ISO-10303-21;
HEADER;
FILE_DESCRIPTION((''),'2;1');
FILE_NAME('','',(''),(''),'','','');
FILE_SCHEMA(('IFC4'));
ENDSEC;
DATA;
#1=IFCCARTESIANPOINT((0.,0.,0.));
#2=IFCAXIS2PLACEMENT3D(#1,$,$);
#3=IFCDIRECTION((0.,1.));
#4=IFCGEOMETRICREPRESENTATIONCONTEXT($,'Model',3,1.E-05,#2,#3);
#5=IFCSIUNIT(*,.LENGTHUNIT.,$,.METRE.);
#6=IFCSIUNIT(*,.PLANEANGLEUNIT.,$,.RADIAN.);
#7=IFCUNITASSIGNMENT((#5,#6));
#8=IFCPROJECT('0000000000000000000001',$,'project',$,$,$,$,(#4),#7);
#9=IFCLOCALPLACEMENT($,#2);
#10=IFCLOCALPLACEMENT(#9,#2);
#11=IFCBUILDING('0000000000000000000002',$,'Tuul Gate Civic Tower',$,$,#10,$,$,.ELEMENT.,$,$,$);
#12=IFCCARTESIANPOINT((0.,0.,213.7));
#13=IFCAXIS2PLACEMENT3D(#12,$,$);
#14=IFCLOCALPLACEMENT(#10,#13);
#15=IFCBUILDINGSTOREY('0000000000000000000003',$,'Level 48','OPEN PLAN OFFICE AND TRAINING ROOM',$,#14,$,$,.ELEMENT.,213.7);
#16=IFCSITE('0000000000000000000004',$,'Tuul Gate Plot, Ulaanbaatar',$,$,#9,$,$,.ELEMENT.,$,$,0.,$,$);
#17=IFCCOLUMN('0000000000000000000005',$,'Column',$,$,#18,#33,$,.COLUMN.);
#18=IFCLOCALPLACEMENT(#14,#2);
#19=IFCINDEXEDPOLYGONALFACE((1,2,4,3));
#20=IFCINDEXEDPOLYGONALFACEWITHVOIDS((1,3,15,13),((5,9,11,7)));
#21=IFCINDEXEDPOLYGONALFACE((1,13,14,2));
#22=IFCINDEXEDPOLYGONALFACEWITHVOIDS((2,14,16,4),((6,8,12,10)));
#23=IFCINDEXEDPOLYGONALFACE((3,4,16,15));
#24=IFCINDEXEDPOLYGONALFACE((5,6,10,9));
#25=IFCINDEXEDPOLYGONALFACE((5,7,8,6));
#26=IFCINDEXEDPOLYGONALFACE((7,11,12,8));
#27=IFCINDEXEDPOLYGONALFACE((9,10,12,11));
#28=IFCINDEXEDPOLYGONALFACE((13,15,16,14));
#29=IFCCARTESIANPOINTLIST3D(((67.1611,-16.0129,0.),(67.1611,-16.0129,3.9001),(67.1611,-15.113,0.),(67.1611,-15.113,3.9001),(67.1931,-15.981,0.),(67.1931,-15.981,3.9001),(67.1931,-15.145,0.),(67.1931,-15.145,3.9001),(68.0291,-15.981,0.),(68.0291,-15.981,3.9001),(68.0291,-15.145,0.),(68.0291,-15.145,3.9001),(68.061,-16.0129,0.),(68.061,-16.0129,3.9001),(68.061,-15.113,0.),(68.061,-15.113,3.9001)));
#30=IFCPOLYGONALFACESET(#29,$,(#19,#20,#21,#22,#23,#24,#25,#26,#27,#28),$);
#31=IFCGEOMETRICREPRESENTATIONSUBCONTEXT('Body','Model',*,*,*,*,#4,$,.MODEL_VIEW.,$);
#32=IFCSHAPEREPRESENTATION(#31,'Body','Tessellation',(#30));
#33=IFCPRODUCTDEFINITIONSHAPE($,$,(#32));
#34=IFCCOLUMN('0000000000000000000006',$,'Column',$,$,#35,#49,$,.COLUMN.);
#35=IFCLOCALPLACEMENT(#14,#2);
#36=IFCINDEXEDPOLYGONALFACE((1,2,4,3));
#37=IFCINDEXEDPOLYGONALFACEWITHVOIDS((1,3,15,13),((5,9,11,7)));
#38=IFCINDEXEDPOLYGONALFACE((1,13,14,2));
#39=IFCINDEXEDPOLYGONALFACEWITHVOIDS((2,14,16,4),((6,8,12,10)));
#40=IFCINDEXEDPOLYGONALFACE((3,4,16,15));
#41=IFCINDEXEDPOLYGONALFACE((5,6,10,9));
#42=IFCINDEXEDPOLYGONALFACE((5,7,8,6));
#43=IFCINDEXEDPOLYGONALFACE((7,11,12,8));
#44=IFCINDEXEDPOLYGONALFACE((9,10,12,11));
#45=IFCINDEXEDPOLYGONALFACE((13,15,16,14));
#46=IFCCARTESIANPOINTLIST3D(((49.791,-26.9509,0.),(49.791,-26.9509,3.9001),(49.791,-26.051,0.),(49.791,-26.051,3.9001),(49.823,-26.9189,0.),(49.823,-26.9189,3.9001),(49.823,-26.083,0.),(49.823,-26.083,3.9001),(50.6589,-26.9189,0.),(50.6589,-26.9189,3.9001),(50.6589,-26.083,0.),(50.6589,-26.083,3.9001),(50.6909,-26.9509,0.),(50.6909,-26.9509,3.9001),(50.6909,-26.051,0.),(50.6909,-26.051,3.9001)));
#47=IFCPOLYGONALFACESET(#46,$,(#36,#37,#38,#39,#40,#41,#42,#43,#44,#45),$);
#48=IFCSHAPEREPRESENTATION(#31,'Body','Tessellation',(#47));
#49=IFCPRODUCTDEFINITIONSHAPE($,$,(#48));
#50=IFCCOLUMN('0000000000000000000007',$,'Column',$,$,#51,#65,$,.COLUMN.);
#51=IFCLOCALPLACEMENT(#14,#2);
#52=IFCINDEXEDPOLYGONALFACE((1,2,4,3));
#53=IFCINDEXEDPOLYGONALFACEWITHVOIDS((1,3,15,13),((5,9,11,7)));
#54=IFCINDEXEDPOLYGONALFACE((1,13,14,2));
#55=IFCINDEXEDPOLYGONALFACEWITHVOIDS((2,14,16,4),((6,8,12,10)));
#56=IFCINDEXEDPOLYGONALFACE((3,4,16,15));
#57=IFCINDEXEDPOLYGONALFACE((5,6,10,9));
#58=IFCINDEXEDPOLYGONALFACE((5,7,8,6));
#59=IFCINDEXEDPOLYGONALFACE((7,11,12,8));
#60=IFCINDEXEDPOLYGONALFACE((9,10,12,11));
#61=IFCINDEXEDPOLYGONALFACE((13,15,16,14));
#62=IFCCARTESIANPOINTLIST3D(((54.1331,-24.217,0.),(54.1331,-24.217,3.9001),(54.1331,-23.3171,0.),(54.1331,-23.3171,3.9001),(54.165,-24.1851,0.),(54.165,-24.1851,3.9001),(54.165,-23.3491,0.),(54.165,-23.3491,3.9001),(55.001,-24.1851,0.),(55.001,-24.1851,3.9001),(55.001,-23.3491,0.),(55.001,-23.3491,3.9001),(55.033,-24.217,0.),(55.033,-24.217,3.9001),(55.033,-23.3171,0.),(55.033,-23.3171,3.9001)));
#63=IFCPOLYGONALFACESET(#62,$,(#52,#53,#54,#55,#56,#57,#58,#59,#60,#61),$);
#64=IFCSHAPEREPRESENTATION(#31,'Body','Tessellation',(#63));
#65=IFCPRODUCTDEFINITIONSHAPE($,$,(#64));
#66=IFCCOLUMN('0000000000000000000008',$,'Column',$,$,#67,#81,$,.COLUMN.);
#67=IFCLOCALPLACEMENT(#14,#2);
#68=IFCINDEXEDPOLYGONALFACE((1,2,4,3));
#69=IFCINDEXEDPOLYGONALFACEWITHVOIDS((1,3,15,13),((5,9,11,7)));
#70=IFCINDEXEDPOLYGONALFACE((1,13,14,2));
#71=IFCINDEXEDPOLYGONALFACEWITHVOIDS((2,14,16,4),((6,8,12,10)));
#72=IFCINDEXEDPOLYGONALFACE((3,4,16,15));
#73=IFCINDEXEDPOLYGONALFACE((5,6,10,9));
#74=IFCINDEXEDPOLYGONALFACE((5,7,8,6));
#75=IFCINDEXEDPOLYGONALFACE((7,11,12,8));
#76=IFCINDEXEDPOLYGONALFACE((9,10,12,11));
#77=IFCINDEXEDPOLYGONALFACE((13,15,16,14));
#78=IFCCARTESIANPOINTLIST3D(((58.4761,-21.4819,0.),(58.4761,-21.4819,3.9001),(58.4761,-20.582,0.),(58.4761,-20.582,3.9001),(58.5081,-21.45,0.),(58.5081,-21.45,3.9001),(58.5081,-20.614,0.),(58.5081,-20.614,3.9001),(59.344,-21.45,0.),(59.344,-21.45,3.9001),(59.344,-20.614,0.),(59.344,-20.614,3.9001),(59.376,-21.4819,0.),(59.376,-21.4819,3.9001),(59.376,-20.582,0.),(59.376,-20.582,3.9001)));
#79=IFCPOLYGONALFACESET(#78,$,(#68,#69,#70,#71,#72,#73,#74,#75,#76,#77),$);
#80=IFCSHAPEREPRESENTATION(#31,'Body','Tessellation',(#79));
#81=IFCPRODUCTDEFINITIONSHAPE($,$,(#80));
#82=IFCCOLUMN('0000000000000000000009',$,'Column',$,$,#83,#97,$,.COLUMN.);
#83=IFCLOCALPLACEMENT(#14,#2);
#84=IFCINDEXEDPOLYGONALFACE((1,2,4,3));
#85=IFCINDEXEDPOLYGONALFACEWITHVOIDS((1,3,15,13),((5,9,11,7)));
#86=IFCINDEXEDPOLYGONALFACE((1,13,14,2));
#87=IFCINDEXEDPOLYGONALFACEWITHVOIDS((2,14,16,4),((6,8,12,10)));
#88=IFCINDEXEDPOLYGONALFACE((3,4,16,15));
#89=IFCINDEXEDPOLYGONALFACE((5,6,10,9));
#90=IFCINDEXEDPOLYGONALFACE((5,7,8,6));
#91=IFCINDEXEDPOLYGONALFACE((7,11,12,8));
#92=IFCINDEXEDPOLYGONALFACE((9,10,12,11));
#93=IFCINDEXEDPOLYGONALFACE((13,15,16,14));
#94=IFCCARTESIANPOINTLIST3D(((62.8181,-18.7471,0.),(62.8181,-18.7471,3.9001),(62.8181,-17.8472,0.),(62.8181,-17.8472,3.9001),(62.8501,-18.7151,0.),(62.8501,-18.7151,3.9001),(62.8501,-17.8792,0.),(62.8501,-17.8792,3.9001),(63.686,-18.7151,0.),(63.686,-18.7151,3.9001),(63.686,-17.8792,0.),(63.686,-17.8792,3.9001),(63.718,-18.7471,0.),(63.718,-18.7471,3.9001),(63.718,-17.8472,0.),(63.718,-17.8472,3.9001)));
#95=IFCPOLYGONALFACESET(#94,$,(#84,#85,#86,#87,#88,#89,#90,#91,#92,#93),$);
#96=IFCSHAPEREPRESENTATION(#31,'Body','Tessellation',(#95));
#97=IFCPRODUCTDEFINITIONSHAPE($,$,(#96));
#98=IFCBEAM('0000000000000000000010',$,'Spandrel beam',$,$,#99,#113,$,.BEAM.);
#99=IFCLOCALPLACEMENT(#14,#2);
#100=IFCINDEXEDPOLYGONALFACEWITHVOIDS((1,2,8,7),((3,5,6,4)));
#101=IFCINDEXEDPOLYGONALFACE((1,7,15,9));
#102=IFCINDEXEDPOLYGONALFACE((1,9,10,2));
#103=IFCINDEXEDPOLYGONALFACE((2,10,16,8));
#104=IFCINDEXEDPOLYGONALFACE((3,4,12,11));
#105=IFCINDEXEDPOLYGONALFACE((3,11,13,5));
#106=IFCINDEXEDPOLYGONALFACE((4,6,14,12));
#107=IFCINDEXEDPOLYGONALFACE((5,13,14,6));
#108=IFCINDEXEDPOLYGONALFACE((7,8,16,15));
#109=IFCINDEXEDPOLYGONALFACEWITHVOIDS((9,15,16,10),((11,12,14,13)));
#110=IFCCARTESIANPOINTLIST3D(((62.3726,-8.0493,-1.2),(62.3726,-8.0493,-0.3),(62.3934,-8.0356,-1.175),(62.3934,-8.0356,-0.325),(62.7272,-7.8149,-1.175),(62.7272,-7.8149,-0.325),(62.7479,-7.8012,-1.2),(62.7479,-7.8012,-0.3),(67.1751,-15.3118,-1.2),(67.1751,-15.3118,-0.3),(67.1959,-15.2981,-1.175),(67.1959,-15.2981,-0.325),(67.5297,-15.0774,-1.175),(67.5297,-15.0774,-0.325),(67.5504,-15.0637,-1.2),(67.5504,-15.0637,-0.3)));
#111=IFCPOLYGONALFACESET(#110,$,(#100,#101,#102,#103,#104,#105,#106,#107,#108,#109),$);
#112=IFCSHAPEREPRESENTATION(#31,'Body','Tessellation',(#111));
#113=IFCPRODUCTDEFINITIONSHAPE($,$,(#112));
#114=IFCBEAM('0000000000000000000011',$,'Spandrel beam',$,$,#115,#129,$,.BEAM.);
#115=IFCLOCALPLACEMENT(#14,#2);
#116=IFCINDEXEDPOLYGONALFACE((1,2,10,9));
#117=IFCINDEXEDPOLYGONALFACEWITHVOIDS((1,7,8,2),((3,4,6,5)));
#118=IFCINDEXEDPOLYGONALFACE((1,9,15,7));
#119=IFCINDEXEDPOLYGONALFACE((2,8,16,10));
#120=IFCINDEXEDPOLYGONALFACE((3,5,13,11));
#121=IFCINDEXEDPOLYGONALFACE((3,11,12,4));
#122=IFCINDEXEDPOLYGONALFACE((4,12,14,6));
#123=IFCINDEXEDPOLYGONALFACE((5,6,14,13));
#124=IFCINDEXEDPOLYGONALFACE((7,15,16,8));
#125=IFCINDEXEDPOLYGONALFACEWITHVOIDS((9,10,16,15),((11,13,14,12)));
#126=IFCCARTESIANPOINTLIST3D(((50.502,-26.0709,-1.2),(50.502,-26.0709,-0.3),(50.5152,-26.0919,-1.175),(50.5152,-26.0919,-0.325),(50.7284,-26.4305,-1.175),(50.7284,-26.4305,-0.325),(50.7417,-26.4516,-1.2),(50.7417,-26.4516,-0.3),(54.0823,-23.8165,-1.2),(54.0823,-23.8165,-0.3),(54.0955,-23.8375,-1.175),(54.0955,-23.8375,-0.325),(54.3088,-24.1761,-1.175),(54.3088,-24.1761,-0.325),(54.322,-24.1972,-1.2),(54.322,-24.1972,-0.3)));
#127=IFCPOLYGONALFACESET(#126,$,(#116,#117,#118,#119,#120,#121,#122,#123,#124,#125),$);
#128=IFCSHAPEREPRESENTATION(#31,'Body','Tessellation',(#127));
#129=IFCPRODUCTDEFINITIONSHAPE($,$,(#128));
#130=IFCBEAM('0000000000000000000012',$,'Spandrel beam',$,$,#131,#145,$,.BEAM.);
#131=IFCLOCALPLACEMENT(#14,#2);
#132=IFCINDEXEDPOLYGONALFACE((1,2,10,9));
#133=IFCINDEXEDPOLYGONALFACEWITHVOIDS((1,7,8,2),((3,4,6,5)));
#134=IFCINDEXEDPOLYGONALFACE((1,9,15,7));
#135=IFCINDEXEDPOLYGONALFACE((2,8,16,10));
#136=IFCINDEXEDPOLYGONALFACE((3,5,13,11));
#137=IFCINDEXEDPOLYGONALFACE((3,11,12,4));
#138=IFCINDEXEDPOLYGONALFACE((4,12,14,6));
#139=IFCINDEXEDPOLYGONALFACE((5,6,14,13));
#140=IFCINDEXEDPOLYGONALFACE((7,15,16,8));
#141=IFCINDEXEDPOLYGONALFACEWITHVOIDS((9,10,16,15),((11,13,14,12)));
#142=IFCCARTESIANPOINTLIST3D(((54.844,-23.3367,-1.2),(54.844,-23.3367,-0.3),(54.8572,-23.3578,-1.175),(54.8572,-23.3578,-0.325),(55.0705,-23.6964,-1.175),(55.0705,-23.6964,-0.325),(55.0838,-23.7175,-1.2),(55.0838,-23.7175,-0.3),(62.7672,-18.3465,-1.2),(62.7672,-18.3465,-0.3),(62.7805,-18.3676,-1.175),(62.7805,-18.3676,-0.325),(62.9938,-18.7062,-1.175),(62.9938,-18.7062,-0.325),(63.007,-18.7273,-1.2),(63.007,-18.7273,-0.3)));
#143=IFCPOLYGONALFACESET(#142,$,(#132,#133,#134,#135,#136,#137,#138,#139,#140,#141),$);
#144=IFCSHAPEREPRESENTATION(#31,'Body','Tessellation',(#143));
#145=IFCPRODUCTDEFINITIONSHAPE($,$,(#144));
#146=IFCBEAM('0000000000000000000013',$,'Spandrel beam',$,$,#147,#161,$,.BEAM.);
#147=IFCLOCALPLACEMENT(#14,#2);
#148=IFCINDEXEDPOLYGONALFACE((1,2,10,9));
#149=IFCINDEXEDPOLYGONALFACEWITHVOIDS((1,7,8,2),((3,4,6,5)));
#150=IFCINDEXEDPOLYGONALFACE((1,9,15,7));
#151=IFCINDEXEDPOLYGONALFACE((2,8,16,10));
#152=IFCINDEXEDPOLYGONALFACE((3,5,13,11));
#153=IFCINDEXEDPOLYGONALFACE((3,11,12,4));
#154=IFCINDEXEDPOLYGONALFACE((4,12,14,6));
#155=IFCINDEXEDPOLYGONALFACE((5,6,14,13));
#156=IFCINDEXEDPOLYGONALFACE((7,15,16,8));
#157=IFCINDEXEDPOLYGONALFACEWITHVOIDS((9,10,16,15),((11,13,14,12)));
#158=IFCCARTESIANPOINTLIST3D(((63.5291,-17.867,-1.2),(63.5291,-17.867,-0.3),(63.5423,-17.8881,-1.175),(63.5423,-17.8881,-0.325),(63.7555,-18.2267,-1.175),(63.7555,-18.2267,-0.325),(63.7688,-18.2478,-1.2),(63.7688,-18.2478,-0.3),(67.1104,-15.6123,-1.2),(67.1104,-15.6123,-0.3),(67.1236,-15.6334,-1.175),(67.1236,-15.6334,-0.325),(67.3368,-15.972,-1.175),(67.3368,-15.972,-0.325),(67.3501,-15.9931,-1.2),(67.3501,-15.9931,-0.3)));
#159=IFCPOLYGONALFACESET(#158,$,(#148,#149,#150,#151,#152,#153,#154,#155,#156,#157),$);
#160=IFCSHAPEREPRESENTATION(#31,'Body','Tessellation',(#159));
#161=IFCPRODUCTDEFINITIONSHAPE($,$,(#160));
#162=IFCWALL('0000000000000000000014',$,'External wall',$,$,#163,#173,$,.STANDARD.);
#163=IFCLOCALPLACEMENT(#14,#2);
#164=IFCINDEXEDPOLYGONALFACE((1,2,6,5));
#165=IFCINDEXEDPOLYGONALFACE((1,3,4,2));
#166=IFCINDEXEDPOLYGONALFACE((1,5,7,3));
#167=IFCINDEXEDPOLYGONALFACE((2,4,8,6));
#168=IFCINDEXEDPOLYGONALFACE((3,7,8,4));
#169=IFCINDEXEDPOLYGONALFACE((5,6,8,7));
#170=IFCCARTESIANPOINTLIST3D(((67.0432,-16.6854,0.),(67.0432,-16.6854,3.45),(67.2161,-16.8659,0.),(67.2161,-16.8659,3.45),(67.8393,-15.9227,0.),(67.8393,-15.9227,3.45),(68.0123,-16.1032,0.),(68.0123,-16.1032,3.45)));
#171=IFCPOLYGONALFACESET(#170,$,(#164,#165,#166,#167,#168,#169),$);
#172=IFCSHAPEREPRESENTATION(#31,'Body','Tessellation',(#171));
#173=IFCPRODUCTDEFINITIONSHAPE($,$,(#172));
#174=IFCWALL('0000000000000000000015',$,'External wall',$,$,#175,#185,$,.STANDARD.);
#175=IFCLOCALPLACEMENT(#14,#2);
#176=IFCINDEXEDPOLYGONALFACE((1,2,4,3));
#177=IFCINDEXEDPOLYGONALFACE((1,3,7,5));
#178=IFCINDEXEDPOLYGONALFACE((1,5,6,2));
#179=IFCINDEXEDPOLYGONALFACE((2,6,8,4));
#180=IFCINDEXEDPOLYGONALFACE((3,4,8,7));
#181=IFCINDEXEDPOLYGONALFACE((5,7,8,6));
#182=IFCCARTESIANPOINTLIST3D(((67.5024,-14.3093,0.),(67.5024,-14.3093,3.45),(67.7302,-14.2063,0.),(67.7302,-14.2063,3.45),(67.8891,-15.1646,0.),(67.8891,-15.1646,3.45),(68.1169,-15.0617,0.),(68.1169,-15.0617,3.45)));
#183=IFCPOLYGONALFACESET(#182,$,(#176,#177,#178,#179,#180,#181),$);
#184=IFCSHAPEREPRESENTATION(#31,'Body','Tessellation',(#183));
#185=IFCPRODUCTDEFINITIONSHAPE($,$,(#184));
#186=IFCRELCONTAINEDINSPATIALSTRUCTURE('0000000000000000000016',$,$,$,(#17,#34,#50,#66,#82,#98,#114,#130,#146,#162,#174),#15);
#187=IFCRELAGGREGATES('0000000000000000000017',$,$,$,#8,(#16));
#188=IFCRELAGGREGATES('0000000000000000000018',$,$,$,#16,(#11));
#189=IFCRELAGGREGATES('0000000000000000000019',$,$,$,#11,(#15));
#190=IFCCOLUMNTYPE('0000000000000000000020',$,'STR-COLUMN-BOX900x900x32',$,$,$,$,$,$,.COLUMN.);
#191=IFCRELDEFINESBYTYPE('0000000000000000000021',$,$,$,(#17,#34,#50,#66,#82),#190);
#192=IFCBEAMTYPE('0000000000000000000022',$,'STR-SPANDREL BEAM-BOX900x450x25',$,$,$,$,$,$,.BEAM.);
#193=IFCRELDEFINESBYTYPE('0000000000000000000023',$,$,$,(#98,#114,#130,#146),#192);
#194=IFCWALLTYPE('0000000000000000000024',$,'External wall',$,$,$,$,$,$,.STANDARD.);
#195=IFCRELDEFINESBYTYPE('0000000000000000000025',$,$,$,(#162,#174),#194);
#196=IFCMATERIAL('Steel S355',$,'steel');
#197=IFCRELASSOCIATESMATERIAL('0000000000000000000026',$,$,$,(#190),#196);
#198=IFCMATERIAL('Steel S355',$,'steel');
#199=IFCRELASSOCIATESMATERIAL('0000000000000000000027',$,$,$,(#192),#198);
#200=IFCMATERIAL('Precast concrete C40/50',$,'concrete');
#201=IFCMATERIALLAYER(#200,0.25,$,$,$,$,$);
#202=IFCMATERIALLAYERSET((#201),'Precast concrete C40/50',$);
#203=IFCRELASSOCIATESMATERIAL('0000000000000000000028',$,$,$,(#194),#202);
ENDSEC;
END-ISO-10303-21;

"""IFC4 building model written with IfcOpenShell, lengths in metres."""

from ifc_helpers import new_model, si_unit, direction, frame, frame_2d, origin, origin_2d, place, context, subcontext, project, spatial, rectangle, hollow_rectangle, extrude, material, layer, layer_set, material_profile, profile_set, type_object, element, save


model = new_model("IFC4")

# Units and contexts
model_context = context("Model", 3, precision=1e-05, world=origin(), true_north=direction((0.0, 1.0)))
body_context = subcontext(model_context, "Body", "Model", "MODEL_VIEW")
ifc_project = project(units=[si_unit("LENGTHUNIT", "METRE"), si_unit("PLANEANGLEUNIT", "RADIAN")], contexts=[model_context])

# Site, building, storey
site_placement = place(None, origin())
site = spatial("IfcSite", under=ifc_project, at=site_placement, Name="Tuul Gate Plot, Ulaanbaatar", CompositionType="ELEMENT", RefElevation=0.0)
building_placement = place(site_placement, origin())
building = spatial("IfcBuilding", under=site, at=building_placement, Name="Tuul Gate Civic Tower", CompositionType="ELEMENT")
storey_placement = place(building_placement, frame((0.0, 0.0, 213.7)))
storey = spatial("IfcBuildingStorey", under=building, at=storey_placement, Name="Level 48", Description="OPEN PLAN OFFICE AND TRAINING ROOM", CompositionType="ELEMENT", Elevation=213.7)

# Columns
ifc_material_1 = material(Name="Steel S355", Category="steel")
ifc_material_profile_1 = material_profile(ifc_material_1, hollow_rectangle(XDim=0.8999, YDim=0.8999, WallThickness=0.032, at=origin_2d()), Name="BOX900x900x32")
ifc_profile_set_1 = profile_set([ifc_material_profile_1], Name="Steel S355")
column_type = type_object("IfcColumnType", Name="STR-COLUMN-BOX900x900x32", PredefinedType="COLUMN", material=ifc_profile_set_1)
for number, where, z_axis, x_axis, name in (
    (1, (67.6111, -15.563, 0.0), (0.0, 0.0, 1.0), (1.0, 0.0, 0.0), "Column"),
    (2, (50.241, -26.501, 0.0), (0.0, 0.0, 1.0), (1.0, 0.0, 0.0), "Column"),
    (3, (54.583, -23.7671, 0.0), (0.0, 0.0, 1.0), (1.0, 0.0, 0.0), "Column"),
    (4, (58.926, -21.032, 0.0), (0.0, 0.0, 1.0), (1.0, 0.0, 0.0), "Column"),
    (5, (63.2681, -18.2971, 0.0), (0.0, 0.0, 1.0), (1.0, 0.0, 0.0), "Column"),
):
    element("IfcColumn", number, at=place(storey_placement, frame(where, z_axis=z_axis, x_axis=x_axis)), inside=storey, type_object=column_type, Name=name, PredefinedType="COLUMN", context=body_context, shape_type="SweptSolid", body=[
        extrude(hollow_rectangle(XDim=0.8999, YDim=0.8999, WallThickness=0.032, at=origin_2d()), origin(), (0.0, 0.0, 1.0), 3.9001),
    ])

# Beams
ifc_material_2 = material(Name="Steel S355", Category="steel")
ifc_material_profile_2 = material_profile(ifc_material_2, hollow_rectangle(XDim=0.45, YDim=0.8999, WallThickness=0.0249, at=origin_2d()), Name="BOX900x450x25")
ifc_profile_set_2 = profile_set([ifc_material_profile_2], Name="Steel S355")
beam_type = type_object("IfcBeamType", Name="STR-SPANDREL BEAM-BOX900x450x25", PredefinedType="BEAM", material=ifc_profile_set_2)
beam_1_placement = place(storey_placement, frame((67.3628, -15.1877, -0.75), z_axis=(-0.551584, 0.834119, 0.0), x_axis=(-0.834119, -0.551584, 0.0)))
element("IfcBeam", 6, at=beam_1_placement, inside=storey, type_object=beam_type, Name="Spandrel beam", PredefinedType="BEAM", context=body_context, shape_type="SweptSolid", body=[
    extrude(hollow_rectangle(XDim=0.45, YDim=0.8999, WallThickness=0.0249, at=origin_2d()), origin(), (0.0, 0.0, 1.0), 8.7068),
])
beam_2_placement = place(storey_placement, frame((50.6218, -26.2612, -0.75), z_axis=(0.84622, 0.532833, 0.0), x_axis=(-0.532833, 0.84622, 0.0)))
element("IfcBeam", 7, at=beam_2_placement, inside=storey, type_object=beam_type, Name="Spandrel beam", PredefinedType="BEAM", context=body_context, shape_type="SweptSolid", body=[
    extrude(hollow_rectangle(XDim=0.45, YDim=0.8999, WallThickness=0.0249, at=origin_2d()), origin(), (0.0, 0.0, 1.0), 4.231),
])
beam_3_placement = place(storey_placement, frame((54.9639, -23.5271, -0.75), z_axis=(0.846162, 0.532925, 0.0), x_axis=(-0.532925, 0.846162, 0.0)))
element("IfcBeam", 8, at=beam_3_placement, inside=storey, type_object=beam_type, Name="Spandrel beam", PredefinedType="BEAM", context=body_context, shape_type="SweptSolid", body=[
    extrude(hollow_rectangle(XDim=0.45, YDim=0.8999, WallThickness=0.0249, at=origin_2d()), origin(), (0.0, 0.0, 1.0), 9.3638),
])
beam_4_placement = place(storey_placement, frame((63.6489, -18.0574, -0.75), z_axis=(0.84626, 0.53277, 0.0), x_axis=(-0.53277, 0.84626, 0.0)))
element("IfcBeam", 9, at=beam_4_placement, inside=storey, type_object=beam_type, Name="Spandrel beam", PredefinedType="BEAM", context=body_context, shape_type="SweptSolid", body=[
    extrude(hollow_rectangle(XDim=0.45, YDim=0.8999, WallThickness=0.0249, at=origin_2d()), origin(), (0.0, 0.0, 1.0), 4.2319),
])

# Walls
ifc_material_3 = material(Name="Precast concrete C40/50", Category="concrete")
ifc_layer = layer(ifc_material_3, 0.25)
ifc_layer_set = layer_set([ifc_layer], Name="Precast concrete C40/50")
wall_type = type_object("IfcWallType", Name="External wall", PredefinedType="STANDARD", material=ifc_layer_set)
wall_1_placement = place(storey_placement, frame((67.1296, -16.7756, 0.0), z_axis=(0.0, 0.0, 1.0), x_axis=(0.722113, 0.691775, 0.0)))
element("IfcWall", 10, at=wall_1_placement, inside=storey, type_object=wall_type, Name="External wall", PredefinedType="STANDARD", context=body_context, shape_type="SweptSolid", body=[
    extrude(rectangle(XDim=1.1025, YDim=0.25, at=frame_2d((0.5513, 0.0))), origin(), (0.0, 0.0, 1.0), 3.45),
])
wall_2_placement = place(storey_placement, frame((68.0029, -15.113, 0.0), z_axis=(0.0, 0.0, 1.0), x_axis=(-0.411921, 0.911219, 0.0)))
element("IfcWall", 11, at=wall_2_placement, inside=storey, type_object=wall_type, Name="External wall", PredefinedType="STANDARD", context=body_context, shape_type="SweptSolid", body=[
    extrude(rectangle(XDim=0.9387, YDim=0.25, at=frame_2d((0.4692, 0.0))), origin(), (0.0, 0.0, 1.0), 3.45),
])

save(model, "model.ifc")
